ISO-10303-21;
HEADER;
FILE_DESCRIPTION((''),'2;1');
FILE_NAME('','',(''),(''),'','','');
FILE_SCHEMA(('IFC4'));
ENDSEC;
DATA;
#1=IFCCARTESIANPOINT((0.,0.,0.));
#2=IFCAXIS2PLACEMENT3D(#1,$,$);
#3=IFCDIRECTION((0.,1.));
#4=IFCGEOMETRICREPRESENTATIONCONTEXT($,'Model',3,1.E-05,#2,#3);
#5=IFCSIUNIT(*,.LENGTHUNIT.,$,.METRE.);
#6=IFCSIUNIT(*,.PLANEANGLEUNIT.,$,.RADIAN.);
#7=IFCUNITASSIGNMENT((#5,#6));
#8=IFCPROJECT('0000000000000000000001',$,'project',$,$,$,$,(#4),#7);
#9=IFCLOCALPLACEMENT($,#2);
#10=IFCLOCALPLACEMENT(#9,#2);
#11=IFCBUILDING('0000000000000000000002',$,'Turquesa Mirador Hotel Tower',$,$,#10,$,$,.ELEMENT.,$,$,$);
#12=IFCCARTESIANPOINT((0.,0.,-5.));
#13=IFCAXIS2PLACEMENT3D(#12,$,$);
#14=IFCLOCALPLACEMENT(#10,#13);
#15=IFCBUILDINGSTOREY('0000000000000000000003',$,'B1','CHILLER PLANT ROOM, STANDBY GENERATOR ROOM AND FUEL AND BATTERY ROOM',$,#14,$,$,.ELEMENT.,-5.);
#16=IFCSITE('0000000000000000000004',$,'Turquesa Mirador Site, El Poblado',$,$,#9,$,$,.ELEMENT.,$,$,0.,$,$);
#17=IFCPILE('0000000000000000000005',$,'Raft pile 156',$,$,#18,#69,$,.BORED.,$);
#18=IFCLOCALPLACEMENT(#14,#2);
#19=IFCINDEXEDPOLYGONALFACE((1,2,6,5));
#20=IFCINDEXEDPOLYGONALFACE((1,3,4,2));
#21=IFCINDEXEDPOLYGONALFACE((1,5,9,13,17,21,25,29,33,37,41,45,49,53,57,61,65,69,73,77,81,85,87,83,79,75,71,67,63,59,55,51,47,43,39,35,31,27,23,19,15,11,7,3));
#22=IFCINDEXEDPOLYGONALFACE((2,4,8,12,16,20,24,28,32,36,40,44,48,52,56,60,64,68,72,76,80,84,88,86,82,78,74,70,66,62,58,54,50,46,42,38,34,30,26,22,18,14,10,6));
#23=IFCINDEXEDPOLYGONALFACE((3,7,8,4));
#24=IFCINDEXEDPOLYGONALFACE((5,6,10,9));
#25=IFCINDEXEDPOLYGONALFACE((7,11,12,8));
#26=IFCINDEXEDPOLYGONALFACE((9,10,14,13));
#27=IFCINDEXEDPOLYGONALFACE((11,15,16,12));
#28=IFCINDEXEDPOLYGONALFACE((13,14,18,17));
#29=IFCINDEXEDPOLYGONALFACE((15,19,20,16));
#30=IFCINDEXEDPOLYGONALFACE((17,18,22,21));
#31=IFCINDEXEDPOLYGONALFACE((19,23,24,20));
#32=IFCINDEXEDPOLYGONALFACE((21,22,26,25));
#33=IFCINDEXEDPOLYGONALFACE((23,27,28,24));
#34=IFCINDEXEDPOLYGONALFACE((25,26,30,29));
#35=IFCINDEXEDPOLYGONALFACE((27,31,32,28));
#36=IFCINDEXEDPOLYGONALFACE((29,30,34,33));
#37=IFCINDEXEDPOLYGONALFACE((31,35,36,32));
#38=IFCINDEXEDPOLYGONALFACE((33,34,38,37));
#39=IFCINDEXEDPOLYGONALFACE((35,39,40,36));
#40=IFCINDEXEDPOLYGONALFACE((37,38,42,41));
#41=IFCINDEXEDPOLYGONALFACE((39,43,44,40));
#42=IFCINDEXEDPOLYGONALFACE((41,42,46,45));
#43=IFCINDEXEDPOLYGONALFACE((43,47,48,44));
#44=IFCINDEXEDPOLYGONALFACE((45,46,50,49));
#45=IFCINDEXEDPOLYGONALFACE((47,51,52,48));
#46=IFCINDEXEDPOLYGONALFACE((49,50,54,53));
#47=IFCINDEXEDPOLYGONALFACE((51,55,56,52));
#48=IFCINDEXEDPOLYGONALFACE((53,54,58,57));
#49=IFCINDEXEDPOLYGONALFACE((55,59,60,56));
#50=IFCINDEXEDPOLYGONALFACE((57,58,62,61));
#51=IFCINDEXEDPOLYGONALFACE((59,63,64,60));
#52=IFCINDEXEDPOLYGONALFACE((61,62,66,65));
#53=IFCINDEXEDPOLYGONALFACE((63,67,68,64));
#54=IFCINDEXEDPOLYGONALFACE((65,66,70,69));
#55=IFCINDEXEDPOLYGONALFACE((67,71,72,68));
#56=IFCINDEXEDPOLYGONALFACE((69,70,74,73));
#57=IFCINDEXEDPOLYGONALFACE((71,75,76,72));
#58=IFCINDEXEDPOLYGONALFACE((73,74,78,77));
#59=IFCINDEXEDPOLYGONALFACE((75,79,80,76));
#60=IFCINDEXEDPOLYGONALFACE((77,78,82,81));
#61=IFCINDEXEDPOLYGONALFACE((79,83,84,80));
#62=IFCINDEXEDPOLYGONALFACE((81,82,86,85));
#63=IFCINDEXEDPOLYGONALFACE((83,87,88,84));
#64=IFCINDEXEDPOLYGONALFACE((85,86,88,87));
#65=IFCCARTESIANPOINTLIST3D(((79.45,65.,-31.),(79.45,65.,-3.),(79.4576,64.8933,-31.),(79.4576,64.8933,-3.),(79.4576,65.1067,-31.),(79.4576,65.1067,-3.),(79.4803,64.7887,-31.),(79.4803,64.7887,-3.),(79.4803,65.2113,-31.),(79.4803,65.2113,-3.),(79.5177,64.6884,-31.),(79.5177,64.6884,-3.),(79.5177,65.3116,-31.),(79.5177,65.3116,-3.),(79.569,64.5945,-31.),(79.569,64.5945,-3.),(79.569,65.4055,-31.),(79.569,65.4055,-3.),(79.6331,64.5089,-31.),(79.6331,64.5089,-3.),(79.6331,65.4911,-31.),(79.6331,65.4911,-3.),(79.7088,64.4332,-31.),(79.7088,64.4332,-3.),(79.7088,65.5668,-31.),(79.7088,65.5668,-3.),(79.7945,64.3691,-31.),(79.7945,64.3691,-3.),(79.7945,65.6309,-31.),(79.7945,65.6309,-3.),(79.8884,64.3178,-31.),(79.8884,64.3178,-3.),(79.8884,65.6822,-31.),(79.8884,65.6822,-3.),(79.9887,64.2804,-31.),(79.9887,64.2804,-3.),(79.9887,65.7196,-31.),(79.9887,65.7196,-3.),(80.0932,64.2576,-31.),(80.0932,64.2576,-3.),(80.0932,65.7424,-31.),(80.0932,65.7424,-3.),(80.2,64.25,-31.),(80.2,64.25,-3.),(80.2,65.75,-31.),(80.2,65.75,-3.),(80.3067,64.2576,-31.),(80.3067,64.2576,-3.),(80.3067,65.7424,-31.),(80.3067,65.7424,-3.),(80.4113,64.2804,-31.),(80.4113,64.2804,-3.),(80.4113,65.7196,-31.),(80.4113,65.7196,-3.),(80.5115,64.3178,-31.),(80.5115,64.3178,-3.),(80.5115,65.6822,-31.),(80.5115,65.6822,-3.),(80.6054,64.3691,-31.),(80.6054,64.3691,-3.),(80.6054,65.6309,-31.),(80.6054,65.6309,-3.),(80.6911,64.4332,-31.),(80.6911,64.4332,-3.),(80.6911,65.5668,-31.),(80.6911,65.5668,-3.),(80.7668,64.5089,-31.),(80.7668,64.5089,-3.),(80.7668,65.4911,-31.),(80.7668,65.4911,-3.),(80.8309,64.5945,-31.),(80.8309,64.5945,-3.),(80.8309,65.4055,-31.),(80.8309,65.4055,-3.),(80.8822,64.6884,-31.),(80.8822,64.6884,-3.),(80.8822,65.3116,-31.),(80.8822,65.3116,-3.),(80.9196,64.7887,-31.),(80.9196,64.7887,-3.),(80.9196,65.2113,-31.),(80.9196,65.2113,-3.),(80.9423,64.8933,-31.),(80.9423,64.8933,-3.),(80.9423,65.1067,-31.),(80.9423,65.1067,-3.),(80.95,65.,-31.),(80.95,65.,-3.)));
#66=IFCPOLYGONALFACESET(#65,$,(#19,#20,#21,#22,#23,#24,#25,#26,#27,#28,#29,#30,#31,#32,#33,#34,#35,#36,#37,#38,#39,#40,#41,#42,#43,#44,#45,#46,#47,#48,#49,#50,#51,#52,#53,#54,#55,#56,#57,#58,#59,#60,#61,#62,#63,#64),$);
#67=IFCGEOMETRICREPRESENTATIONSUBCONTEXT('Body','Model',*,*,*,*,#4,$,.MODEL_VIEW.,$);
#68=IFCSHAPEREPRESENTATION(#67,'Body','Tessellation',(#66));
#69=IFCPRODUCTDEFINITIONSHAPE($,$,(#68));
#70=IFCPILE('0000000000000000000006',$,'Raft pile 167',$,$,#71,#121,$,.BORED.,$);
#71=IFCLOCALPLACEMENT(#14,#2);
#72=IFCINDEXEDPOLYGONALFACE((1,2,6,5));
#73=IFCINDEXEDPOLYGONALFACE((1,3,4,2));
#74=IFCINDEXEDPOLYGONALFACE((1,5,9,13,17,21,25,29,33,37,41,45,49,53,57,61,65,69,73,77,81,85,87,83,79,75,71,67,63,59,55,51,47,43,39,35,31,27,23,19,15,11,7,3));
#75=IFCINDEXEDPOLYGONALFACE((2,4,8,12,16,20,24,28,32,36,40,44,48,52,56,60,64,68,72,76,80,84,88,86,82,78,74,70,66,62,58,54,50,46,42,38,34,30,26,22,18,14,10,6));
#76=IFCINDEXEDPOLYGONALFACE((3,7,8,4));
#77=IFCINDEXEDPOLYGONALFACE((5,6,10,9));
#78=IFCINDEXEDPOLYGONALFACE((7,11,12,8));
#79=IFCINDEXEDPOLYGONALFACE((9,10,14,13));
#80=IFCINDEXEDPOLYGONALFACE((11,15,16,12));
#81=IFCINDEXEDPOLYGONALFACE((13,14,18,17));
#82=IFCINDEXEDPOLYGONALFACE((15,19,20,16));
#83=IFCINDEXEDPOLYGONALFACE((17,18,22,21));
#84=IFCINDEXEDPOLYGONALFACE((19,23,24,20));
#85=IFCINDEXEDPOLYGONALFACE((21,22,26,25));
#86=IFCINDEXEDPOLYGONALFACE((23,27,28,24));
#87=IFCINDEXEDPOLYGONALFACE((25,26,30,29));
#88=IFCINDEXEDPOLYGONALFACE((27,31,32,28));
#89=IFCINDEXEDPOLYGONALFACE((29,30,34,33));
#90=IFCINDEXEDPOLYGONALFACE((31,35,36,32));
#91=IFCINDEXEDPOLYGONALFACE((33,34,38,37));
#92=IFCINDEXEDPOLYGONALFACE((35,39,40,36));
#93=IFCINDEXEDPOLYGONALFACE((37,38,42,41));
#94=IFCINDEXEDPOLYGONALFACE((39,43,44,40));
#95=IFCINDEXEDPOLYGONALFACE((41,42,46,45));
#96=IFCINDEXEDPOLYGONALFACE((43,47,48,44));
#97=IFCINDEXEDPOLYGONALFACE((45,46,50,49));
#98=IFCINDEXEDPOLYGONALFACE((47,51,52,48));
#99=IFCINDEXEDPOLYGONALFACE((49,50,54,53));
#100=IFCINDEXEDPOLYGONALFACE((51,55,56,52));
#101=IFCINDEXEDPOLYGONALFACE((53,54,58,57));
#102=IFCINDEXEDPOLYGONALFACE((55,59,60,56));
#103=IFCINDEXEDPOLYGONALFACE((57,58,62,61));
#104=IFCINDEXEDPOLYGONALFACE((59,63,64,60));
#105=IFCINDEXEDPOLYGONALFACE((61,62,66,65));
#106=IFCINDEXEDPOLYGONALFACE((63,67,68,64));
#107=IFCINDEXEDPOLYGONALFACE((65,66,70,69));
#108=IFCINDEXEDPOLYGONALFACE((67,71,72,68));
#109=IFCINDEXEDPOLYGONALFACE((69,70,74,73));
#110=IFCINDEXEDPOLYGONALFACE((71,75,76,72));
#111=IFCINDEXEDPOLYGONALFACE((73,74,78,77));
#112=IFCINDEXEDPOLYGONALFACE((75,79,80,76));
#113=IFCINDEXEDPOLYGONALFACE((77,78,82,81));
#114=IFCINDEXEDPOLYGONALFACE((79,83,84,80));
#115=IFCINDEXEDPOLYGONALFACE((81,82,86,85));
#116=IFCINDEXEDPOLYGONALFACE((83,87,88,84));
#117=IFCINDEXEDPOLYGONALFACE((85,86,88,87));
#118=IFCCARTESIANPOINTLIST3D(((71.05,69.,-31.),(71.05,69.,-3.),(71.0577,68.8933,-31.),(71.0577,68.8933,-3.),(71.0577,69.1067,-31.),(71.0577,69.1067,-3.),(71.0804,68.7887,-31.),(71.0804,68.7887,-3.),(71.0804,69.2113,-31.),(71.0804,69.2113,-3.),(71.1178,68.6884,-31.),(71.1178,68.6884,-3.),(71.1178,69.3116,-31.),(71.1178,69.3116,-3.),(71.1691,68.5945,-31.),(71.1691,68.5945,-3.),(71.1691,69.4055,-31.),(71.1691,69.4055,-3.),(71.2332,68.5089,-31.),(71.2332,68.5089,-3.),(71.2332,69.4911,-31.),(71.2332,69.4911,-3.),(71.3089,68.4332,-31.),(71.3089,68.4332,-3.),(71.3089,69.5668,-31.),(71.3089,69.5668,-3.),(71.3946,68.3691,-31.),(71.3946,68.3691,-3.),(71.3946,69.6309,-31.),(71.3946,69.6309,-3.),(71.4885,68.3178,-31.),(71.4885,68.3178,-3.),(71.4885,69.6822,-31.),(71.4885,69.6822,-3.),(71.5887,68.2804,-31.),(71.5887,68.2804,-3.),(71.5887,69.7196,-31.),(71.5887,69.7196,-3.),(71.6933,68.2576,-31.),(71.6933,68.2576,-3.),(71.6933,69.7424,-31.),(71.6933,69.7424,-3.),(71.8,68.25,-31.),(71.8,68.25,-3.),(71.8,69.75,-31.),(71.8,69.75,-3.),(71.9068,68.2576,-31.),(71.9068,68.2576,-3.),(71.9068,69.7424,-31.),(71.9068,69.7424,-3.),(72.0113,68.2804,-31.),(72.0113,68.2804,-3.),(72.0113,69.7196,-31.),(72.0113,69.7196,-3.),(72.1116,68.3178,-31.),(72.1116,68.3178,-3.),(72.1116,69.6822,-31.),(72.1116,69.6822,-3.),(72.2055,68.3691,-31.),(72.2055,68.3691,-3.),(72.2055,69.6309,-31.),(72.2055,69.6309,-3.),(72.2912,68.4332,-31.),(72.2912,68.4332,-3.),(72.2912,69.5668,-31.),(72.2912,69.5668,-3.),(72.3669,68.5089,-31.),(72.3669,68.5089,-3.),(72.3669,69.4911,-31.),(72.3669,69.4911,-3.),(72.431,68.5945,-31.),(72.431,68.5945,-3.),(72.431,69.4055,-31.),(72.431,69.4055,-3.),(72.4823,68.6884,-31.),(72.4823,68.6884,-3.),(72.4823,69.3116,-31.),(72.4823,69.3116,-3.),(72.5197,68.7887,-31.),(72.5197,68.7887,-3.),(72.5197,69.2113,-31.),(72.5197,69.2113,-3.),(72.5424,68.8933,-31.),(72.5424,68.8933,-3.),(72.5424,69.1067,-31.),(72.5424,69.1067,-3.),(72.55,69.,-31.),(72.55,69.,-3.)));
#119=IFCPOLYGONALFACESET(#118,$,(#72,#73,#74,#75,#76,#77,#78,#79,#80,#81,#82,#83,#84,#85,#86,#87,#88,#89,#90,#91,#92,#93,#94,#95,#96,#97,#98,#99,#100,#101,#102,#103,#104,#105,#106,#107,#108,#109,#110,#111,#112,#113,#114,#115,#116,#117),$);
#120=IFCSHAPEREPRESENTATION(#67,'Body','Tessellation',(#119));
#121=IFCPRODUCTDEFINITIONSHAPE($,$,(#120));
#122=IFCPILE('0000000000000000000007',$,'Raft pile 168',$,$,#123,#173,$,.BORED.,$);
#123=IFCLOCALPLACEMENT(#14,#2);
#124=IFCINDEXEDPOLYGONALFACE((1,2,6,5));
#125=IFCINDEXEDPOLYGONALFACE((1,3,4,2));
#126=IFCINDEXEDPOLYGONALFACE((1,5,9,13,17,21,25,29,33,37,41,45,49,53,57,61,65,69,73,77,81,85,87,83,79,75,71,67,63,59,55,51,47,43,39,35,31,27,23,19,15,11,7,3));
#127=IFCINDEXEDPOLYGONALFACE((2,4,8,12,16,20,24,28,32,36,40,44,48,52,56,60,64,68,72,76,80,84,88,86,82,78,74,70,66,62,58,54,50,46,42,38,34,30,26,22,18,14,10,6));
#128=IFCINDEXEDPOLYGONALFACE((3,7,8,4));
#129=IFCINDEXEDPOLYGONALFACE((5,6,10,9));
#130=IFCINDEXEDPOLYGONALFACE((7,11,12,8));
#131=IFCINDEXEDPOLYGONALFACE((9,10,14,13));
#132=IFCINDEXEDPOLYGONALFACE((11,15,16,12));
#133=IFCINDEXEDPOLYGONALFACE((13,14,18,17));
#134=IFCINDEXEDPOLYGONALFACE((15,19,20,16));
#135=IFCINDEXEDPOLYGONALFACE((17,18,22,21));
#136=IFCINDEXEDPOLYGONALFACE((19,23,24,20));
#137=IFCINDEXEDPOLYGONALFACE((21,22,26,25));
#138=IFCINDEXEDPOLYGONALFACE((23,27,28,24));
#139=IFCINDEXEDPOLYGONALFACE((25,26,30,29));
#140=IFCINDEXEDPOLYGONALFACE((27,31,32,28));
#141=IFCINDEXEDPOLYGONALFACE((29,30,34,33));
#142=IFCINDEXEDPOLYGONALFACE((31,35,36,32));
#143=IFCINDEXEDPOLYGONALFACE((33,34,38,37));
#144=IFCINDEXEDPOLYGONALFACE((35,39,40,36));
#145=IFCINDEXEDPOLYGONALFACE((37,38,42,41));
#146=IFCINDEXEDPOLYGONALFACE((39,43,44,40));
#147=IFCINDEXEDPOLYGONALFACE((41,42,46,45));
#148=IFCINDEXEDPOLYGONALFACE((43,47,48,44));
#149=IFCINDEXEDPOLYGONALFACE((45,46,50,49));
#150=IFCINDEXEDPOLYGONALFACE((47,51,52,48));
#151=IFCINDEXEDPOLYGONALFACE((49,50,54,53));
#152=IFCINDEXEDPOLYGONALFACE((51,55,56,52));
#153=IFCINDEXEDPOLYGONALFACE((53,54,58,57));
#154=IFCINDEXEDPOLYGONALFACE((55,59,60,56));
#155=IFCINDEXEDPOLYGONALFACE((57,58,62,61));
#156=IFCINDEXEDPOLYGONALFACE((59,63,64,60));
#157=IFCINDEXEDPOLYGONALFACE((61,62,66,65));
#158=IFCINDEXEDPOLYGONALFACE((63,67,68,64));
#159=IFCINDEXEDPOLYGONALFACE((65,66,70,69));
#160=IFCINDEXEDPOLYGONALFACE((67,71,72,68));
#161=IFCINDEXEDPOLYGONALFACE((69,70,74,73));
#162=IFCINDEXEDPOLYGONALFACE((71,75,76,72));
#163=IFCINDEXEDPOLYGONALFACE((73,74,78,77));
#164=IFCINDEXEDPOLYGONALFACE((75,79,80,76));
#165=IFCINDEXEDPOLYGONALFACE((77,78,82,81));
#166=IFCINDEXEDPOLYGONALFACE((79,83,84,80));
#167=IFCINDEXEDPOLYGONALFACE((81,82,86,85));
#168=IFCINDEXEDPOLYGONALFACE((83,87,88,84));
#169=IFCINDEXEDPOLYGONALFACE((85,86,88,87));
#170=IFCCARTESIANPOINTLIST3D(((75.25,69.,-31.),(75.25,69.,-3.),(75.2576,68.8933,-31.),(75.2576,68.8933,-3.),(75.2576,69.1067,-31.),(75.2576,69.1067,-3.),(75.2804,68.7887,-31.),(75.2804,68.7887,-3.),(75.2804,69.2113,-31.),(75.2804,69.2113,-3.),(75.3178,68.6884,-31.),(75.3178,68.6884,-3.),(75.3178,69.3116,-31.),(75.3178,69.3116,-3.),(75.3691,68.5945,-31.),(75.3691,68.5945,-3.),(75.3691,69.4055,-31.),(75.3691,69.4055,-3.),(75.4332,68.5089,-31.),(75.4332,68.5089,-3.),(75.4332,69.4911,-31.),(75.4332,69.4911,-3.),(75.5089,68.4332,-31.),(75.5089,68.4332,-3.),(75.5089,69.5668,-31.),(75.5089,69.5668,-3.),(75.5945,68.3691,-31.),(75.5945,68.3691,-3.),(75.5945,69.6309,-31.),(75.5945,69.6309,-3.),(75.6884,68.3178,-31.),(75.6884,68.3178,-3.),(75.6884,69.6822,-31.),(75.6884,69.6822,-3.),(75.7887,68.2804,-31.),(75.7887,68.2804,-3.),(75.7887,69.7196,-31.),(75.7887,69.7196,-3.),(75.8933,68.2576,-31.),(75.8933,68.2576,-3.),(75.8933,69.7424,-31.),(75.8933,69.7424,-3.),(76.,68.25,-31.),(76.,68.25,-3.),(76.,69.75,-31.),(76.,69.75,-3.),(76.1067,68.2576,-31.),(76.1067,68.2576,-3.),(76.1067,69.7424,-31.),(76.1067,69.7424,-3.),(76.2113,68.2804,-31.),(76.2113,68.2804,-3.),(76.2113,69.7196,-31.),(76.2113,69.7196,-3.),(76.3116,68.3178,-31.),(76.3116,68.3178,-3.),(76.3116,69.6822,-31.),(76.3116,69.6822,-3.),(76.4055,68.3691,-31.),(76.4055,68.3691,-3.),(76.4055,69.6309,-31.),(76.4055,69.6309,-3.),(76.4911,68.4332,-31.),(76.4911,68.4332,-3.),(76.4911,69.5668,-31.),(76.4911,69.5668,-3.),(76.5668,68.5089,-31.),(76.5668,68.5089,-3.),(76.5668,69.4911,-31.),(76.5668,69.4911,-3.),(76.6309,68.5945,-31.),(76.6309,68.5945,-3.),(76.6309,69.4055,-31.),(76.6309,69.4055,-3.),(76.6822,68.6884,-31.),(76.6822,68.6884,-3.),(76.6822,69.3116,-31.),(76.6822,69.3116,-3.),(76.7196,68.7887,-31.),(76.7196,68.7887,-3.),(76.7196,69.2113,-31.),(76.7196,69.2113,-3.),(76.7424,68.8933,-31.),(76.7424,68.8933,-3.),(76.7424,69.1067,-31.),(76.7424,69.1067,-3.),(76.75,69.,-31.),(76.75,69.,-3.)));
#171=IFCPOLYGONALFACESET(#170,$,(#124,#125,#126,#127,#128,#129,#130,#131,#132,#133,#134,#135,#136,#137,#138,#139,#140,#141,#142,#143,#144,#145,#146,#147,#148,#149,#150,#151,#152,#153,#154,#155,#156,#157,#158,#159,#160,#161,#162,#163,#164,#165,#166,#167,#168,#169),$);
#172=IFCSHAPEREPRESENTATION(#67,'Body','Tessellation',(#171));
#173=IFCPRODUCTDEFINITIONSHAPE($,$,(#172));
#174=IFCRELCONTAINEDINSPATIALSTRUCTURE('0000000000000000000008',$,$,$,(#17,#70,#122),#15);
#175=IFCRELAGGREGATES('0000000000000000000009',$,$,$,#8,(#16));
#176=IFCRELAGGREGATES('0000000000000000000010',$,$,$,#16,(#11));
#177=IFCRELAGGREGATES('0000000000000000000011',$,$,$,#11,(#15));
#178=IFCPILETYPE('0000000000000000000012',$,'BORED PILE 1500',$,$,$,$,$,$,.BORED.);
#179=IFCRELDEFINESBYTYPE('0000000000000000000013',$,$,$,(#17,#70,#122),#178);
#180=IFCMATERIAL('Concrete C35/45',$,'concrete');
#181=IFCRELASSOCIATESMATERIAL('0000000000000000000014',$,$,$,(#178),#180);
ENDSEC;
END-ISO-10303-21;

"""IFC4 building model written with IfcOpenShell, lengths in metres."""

from ifc_helpers import new_model, si_unit, direction, frame, origin, origin_2d, place, context, subcontext, project, spatial, circle, extrude, material, type_object, element, save


model = new_model("IFC4")

# Units and contexts
model_context = context("Model", 3, precision=1e-05, world=origin(), true_north=direction((0.0, 1.0)))
body_context = subcontext(model_context, "Body", "Model", "MODEL_VIEW")
ifc_project = project(units=[si_unit("LENGTHUNIT", "METRE"), si_unit("PLANEANGLEUNIT", "RADIAN")], contexts=[model_context])

# Site, building, storey
site_placement = place(None, origin())
site = spatial("IfcSite", under=ifc_project, at=site_placement, Name="Turquesa Mirador Site, El Poblado", CompositionType="ELEMENT", RefElevation=0.0)
building_placement = place(site_placement, origin())
building = spatial("IfcBuilding", under=site, at=building_placement, Name="Turquesa Mirador Hotel Tower", CompositionType="ELEMENT")
storey_placement = place(building_placement, frame((0.0, 0.0, -5.0)))
storey = spatial("IfcBuildingStorey", under=building, at=storey_placement, Name="B1", Description="CHILLER PLANT ROOM, STANDBY GENERATOR ROOM AND FUEL AND BATTERY ROOM", CompositionType="ELEMENT", Elevation=-5.0)

# Piles
ifc_material_1 = material(Name="Concrete C35/45", Category="concrete")
pile_type_1 = type_object("IfcPileType", Name="BORED PILE 1500", PredefinedType="BORED", material=ifc_material_1)
for number, where, z_axis, x_axis, name in (
    (1, (80.2, 65.0, -3.0), (0.0, 0.0, -1.0), (1.0, 0.0, 0.0), "Raft pile 156"),
    (2, (71.8, 69.0, -3.0), (0.0, 0.0, -1.0), (1.0, 0.0, 0.0), "Raft pile 167"),
    (3, (76.0, 69.0, -3.0), (0.0, 0.0, -1.0), (1.0, 0.0, 0.0), "Raft pile 168"),
):
    element("IfcPile", number, at=place(storey_placement, frame(where, z_axis=z_axis, x_axis=x_axis)), inside=storey, type_object=pile_type_1, Name=name, PredefinedType="BORED", context=body_context, shape_type="SweptSolid", body=[
        extrude(circle(Radius=0.75, at=origin_2d()), origin(), (0.0, 0.0, 1.0), 28.0),
    ])

save(model, "model.ifc")
